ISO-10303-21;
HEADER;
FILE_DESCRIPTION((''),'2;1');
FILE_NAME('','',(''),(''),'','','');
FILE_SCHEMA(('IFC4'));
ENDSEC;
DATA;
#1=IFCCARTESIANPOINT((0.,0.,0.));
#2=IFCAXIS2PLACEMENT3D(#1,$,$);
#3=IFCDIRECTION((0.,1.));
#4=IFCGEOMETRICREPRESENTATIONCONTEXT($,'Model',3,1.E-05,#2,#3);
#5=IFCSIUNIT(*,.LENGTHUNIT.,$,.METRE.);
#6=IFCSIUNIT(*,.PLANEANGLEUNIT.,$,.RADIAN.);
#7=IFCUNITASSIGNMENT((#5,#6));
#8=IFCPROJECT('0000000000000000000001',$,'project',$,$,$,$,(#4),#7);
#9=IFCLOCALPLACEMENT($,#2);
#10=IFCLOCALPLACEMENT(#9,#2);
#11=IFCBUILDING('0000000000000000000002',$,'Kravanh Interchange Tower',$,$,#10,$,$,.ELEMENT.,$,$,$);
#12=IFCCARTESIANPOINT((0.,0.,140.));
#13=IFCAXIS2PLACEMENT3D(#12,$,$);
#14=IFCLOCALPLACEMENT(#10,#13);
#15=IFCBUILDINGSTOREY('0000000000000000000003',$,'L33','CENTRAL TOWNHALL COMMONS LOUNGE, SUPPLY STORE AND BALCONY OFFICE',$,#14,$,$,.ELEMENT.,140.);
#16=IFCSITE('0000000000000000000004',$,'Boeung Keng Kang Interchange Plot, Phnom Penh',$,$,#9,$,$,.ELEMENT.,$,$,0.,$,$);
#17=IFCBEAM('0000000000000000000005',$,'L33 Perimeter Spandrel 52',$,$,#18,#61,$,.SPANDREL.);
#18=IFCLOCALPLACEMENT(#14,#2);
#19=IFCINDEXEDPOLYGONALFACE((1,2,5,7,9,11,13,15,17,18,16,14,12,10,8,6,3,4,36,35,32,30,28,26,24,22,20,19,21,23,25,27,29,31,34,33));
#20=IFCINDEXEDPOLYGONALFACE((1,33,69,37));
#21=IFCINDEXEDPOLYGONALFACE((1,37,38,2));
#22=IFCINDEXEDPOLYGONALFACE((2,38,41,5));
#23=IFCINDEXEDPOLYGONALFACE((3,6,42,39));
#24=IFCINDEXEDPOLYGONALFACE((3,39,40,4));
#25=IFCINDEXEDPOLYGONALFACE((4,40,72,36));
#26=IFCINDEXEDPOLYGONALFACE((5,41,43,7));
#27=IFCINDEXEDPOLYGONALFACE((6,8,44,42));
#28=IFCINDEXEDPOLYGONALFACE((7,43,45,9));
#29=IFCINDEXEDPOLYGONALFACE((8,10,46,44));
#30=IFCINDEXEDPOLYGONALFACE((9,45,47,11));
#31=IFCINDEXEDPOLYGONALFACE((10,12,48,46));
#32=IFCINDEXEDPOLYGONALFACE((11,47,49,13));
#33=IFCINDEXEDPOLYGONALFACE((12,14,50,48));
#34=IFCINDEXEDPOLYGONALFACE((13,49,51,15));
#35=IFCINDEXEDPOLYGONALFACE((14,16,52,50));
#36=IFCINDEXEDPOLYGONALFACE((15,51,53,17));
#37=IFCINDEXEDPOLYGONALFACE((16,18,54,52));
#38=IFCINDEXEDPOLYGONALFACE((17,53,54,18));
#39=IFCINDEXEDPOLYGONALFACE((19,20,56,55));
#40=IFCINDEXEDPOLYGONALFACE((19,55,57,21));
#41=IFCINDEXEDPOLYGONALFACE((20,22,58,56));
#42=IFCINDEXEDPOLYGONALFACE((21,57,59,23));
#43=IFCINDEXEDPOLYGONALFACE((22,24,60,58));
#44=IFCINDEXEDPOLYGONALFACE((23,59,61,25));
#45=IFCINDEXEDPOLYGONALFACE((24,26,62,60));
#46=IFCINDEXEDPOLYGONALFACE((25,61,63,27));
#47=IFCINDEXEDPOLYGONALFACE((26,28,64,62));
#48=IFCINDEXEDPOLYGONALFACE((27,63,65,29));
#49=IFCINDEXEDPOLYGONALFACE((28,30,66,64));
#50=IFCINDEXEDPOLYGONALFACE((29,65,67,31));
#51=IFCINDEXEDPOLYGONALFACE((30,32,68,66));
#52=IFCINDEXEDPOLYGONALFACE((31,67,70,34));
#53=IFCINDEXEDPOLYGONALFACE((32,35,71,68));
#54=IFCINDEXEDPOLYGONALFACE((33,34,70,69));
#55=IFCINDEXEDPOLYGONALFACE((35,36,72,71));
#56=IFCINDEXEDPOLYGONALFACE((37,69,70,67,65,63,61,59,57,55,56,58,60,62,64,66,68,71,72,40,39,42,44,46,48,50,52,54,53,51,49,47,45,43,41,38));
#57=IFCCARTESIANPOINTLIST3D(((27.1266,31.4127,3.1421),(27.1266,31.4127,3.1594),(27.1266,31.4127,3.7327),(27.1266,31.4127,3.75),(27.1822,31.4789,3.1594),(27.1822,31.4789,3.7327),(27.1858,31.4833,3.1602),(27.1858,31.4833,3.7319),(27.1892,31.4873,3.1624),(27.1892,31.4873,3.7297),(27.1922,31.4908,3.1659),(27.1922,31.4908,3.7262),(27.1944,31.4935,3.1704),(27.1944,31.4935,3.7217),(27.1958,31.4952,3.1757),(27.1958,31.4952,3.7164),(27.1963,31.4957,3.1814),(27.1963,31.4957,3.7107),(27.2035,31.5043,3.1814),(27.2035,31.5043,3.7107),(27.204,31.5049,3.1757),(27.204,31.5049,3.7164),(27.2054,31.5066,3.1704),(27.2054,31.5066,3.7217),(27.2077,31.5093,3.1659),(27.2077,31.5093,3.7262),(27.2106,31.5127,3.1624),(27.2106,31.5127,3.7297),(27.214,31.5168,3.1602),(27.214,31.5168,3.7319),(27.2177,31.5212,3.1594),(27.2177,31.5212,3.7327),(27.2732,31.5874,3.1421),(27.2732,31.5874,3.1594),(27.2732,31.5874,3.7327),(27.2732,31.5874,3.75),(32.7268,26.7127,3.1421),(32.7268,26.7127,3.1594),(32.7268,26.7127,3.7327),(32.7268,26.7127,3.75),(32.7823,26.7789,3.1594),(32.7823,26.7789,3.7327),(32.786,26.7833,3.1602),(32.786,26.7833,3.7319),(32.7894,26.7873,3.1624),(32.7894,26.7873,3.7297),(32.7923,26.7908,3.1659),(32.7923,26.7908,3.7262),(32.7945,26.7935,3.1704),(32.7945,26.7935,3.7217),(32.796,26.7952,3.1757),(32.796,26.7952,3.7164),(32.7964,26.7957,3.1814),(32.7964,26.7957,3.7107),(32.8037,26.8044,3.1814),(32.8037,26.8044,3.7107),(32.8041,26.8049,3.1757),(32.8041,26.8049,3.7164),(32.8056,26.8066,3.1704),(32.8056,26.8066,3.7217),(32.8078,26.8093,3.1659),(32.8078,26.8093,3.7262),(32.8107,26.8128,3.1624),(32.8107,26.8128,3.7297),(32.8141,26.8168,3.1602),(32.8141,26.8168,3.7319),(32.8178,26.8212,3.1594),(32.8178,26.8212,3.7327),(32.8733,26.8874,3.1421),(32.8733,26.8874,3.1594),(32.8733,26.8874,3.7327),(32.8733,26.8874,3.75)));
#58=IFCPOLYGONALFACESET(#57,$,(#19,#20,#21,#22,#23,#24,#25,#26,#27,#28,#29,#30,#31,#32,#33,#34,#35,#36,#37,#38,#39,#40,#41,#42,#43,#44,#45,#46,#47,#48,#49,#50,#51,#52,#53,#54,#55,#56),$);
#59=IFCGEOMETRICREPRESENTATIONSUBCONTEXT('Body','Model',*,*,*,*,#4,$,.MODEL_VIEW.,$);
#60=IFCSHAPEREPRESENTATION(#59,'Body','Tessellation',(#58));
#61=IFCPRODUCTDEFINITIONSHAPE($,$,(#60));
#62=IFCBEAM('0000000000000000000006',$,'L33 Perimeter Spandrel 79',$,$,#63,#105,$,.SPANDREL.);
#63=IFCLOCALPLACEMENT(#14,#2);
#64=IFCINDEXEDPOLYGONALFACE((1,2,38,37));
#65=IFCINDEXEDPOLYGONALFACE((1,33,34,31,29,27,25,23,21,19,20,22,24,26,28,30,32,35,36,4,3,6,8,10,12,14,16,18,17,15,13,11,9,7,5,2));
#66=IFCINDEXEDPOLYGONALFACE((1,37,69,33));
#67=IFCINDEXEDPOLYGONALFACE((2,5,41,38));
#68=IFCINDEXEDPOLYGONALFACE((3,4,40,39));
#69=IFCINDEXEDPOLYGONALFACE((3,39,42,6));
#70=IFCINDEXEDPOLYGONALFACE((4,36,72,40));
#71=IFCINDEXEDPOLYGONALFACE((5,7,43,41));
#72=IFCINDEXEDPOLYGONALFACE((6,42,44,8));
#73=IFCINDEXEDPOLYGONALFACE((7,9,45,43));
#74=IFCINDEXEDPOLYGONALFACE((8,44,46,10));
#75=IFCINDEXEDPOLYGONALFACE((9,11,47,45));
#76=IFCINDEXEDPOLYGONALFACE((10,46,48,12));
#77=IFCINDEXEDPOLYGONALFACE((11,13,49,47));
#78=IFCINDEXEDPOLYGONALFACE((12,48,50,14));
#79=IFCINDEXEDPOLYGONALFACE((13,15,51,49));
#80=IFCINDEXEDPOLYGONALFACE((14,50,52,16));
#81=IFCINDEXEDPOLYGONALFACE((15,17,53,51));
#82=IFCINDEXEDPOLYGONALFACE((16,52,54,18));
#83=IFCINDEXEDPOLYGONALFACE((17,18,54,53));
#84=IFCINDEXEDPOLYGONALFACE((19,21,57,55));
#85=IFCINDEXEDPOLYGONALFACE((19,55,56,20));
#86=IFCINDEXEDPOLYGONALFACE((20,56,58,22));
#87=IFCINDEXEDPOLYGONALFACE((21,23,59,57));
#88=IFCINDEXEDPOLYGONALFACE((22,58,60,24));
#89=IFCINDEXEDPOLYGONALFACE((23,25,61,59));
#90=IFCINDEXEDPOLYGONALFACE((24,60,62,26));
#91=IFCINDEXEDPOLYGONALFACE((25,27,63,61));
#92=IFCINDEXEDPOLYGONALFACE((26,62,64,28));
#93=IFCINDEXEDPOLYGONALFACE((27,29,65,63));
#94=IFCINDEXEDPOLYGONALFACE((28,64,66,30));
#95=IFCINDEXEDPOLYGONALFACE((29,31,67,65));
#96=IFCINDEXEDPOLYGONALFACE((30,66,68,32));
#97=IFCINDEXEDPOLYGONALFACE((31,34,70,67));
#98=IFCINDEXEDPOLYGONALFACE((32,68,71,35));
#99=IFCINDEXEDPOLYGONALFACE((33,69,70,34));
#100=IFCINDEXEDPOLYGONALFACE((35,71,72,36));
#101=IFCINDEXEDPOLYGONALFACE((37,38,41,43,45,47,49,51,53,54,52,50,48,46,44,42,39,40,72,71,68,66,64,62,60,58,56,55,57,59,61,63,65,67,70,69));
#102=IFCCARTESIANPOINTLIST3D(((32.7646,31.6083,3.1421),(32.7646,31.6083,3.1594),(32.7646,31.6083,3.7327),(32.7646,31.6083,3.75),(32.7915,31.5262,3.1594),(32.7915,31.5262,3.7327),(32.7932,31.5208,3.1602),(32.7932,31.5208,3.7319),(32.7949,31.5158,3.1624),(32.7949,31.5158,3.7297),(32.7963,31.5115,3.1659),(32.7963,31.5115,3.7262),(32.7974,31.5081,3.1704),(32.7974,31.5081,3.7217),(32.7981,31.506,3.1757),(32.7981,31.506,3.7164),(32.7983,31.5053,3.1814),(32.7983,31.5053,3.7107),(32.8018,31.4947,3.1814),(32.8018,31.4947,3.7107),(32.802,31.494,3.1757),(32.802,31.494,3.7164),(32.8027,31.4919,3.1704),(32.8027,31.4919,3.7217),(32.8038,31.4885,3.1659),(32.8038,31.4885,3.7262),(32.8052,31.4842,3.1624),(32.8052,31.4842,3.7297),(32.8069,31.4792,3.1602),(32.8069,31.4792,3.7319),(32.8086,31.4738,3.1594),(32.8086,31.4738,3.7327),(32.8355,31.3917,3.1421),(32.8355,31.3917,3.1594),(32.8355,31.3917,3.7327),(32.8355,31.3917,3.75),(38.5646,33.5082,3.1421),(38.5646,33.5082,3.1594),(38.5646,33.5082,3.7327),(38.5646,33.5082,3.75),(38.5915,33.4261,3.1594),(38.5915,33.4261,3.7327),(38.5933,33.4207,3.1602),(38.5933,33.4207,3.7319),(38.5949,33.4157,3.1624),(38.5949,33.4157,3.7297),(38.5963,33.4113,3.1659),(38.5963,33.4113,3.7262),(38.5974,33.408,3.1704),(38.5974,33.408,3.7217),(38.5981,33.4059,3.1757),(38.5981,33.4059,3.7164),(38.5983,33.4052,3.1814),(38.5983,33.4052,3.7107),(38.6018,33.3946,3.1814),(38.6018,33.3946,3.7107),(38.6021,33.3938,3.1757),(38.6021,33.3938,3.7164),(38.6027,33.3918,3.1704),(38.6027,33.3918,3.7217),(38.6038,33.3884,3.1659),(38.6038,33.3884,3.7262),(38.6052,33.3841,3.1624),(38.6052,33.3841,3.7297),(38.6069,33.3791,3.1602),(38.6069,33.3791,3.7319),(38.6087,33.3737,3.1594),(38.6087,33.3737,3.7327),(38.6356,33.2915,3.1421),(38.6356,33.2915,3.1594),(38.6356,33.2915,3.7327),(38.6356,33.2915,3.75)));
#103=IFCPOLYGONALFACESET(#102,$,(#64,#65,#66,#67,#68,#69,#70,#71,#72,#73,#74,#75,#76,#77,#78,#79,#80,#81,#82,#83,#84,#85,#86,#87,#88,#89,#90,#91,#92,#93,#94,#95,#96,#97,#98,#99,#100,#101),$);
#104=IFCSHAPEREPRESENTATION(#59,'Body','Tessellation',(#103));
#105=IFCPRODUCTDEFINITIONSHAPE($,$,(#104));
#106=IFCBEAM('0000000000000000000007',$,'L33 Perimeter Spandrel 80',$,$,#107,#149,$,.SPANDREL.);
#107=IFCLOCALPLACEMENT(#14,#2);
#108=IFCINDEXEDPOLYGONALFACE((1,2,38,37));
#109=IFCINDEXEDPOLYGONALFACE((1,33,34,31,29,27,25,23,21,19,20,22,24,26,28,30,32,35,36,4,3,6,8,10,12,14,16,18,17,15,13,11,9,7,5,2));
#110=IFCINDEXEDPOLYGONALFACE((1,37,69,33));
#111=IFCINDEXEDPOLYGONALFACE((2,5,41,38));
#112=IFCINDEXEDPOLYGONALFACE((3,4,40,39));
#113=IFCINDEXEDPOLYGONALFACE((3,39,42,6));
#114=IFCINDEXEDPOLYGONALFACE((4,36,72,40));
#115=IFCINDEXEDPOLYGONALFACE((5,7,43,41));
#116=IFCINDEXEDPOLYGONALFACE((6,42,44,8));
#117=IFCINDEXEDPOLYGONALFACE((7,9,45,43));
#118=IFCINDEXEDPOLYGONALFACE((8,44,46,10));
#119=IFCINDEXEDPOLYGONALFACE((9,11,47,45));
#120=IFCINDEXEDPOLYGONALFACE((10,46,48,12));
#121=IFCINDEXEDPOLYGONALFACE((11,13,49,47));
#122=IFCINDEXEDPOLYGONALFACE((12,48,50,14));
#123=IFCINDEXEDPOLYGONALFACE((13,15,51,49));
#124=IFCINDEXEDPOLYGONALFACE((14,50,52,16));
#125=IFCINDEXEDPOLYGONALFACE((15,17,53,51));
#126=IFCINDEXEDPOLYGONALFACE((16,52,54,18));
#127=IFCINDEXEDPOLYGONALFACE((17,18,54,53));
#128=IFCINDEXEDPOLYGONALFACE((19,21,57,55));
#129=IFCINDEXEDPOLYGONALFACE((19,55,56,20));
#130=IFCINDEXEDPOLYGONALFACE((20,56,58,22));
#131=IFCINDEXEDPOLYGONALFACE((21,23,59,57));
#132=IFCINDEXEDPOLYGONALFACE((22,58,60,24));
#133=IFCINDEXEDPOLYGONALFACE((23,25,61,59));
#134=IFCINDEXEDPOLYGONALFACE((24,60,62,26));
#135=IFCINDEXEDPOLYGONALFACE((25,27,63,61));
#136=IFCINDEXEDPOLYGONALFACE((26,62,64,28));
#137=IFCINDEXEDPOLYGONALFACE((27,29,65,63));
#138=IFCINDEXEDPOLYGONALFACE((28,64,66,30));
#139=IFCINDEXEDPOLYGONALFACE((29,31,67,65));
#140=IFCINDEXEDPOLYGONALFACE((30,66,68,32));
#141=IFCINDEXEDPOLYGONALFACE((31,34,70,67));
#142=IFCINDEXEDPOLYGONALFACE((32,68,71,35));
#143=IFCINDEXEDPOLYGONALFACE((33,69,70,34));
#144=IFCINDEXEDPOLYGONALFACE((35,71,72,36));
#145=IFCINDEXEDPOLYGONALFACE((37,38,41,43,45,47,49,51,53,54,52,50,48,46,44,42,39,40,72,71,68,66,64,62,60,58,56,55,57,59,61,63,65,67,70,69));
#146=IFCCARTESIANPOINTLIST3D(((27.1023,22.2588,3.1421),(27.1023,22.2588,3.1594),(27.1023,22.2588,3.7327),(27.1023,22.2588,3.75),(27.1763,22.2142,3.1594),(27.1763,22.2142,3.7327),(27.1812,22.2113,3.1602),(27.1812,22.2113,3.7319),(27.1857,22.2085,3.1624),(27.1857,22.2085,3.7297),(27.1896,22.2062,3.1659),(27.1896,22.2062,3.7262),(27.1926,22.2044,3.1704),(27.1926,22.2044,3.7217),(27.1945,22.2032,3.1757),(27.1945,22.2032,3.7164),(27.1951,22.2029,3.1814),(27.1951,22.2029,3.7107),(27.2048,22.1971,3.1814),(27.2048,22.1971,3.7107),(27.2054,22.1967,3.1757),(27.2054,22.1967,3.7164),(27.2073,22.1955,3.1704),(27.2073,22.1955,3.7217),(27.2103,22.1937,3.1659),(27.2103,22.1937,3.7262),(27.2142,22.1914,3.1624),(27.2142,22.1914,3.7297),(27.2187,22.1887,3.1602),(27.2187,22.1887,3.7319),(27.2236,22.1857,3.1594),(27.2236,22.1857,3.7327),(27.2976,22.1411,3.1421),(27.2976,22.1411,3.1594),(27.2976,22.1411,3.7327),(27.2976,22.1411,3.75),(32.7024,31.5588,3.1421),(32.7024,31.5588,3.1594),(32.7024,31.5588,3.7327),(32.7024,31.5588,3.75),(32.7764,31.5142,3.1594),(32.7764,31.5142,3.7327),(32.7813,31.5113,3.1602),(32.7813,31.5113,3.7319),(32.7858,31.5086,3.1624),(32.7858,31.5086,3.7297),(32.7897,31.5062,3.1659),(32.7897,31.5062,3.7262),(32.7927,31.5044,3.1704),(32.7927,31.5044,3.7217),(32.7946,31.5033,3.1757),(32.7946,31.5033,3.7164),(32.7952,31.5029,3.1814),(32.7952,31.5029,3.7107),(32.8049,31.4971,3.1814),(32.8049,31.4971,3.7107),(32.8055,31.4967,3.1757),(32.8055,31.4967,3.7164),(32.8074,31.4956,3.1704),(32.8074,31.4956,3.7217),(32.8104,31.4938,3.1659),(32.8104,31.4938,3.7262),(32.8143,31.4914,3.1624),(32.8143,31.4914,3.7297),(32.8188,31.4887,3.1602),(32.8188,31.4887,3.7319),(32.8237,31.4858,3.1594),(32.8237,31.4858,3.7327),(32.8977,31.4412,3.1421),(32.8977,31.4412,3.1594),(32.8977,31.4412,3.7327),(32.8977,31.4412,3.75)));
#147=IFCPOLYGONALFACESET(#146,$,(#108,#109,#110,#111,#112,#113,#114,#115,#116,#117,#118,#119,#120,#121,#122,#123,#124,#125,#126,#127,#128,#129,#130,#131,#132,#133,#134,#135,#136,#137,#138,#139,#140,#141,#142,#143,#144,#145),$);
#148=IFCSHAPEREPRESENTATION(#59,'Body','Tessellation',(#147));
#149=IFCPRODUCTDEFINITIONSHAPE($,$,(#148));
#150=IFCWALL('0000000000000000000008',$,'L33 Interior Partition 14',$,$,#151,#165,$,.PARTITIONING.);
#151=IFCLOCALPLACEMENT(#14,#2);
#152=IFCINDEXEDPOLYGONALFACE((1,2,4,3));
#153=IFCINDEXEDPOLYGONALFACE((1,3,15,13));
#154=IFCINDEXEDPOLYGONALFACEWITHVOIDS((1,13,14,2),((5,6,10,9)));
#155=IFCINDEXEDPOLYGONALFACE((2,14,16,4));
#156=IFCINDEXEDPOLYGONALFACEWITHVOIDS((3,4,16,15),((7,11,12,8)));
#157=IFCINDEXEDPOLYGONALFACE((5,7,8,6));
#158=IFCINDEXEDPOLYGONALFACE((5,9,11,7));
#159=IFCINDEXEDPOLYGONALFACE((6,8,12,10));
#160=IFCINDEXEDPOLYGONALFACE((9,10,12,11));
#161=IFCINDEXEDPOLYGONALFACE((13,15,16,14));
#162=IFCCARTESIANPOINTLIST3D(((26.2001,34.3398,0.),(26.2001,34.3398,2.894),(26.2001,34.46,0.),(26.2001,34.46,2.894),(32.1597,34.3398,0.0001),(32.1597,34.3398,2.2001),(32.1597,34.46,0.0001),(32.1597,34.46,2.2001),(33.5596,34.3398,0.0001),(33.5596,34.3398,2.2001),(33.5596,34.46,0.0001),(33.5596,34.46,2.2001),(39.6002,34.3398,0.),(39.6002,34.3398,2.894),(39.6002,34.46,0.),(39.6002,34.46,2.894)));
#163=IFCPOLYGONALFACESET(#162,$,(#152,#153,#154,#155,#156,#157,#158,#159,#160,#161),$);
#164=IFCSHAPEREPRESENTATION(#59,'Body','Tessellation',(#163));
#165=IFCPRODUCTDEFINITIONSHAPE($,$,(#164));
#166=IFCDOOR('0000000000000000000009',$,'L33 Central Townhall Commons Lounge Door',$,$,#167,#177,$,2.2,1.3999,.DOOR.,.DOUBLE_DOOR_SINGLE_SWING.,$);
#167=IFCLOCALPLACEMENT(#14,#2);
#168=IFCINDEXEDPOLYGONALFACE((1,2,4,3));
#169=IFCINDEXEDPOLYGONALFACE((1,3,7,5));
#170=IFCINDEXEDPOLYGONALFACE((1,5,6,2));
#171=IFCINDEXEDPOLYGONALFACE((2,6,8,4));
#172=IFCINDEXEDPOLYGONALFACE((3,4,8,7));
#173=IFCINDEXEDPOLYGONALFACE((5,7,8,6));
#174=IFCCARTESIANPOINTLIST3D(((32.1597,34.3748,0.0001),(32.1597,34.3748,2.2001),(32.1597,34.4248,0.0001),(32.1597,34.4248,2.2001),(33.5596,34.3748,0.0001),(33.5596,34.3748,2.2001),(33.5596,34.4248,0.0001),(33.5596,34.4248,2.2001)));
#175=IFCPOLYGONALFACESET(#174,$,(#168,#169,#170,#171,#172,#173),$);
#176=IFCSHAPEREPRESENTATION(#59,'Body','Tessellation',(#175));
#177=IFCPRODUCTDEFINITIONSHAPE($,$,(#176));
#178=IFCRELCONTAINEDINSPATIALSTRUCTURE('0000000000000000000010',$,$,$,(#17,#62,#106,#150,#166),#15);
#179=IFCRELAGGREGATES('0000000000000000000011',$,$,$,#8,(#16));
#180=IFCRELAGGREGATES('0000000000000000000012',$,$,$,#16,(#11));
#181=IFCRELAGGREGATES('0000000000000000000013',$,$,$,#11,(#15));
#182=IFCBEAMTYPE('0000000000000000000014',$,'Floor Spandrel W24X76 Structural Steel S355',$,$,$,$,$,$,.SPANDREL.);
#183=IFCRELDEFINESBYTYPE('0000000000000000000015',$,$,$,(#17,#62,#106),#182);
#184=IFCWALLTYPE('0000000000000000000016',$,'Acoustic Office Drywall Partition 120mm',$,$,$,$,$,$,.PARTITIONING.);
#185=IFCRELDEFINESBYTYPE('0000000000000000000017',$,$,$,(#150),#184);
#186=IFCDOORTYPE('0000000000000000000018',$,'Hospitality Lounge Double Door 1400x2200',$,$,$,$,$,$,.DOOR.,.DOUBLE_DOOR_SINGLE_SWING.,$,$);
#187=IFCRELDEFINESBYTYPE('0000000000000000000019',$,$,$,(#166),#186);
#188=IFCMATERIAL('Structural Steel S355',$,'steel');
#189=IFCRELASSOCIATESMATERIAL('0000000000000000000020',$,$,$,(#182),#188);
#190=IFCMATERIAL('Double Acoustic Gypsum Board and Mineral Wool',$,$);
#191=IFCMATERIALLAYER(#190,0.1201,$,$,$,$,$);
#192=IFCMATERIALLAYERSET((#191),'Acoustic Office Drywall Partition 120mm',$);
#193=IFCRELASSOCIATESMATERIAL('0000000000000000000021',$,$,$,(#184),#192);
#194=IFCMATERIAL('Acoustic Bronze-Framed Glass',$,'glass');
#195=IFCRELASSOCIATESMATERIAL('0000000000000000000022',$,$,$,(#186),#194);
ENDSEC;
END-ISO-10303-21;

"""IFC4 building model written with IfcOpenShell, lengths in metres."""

from ifc_helpers import new_model, si_unit, direction, frame, frame_2d, origin, origin_2d, place, context, subcontext, project, spatial, rectangle, i_section, extrude, material, layer, layer_set, material_profile, profile_set, type_object, element, fill, save


model = new_model("IFC4")

# Units and contexts
model_context = context("Model", 3, precision=1e-05, world=origin(), true_north=direction((0.0, 1.0)))
body_context = subcontext(model_context, "Body", "Model", "MODEL_VIEW")
ifc_project = project(units=[si_unit("LENGTHUNIT", "METRE"), si_unit("PLANEANGLEUNIT", "RADIAN")], contexts=[model_context])

# Site, building, storey
site_placement = place(None, origin())
site = spatial("IfcSite", under=ifc_project, at=site_placement, Name="Boeung Keng Kang Interchange Plot, Phnom Penh", CompositionType="ELEMENT", RefElevation=0.0)
building_placement = place(site_placement, origin())
building = spatial("IfcBuilding", under=site, at=building_placement, Name="Kravanh Interchange Tower", CompositionType="ELEMENT")
storey_placement = place(building_placement, frame((0.0, 0.0, 140.0)))
storey = spatial("IfcBuildingStorey", under=building, at=storey_placement, Name="L33", Description="CENTRAL TOWNHALL COMMONS LOUNGE, SUPPLY STORE AND BALCONY OFFICE", CompositionType="ELEMENT", Elevation=140.0)

# Beams
ifc_material_1 = material(Name="Structural Steel S355", Category="steel")
ifc_material_profile_1 = material_profile(ifc_material_1, i_section(OverallWidth=0.228, OverallDepth=0.6079, WebThickness=0.0112, FlangeThickness=0.0173, FilletRadius=0.022, at=origin_2d()), Name="W24X76")
ifc_profile_set_1 = profile_set([ifc_material_profile_1], Name="Structural Steel S355")
beam_type_1 = type_object("IfcBeamType", Name="Floor Spandrel W24X76 Structural Steel S355", PredefinedType="SPANDREL", material=ifc_profile_set_1)
beam_1_placement = place(storey_placement, frame((32.8, 26.8, 3.446), z_axis=(-0.765983, 0.642861, 0.0), x_axis=(-0.642861, -0.765983, 0.0)))
element("IfcBeam", 1, at=beam_1_placement, inside=storey, type_object=beam_type_1, Name="L33 Perimeter Spandrel 52", PredefinedType="SPANDREL", context=body_context, shape_type="SweptSolid", body=[
    extrude(i_section(OverallWidth=0.228, OverallDepth=0.6079, WebThickness=0.0112, FlangeThickness=0.0173, FilletRadius=0.022, at=origin_2d()), origin(), (0.0, 0.0, 1.0), 7.311),
])
beam_2_placement = place(storey_placement, frame((32.8, 31.5, 3.446), z_axis=(0.950315, 0.311291, 0.0), x_axis=(-0.311291, 0.950315, 0.0)))
element("IfcBeam", 2, at=beam_2_placement, inside=storey, type_object=beam_type_1, Name="L33 Perimeter Spandrel 79", PredefinedType="SPANDREL", context=body_context, shape_type="SweptSolid", body=[
    extrude(i_section(OverallWidth=0.228, OverallDepth=0.6079, WebThickness=0.0112, FlangeThickness=0.0173, FilletRadius=0.022, at=origin_2d()), origin(), (0.0, 0.0, 1.0), 6.1033),
])
beam_3_placement = place(storey_placement, frame((32.8, 31.5, 3.446), z_axis=(-0.515854, -0.856676, 0.0), x_axis=(0.856676, -0.515854, 0.0)))
element("IfcBeam", 3, at=beam_3_placement, inside=storey, type_object=beam_type_1, Name="L33 Perimeter Spandrel 80", PredefinedType="SPANDREL", context=body_context, shape_type="SweptSolid", body=[
    extrude(i_section(OverallWidth=0.228, OverallDepth=0.6079, WebThickness=0.0112, FlangeThickness=0.0173, FilletRadius=0.022, at=origin_2d()), origin(), (0.0, 0.0, 1.0), 10.856),
])

# Wall, opening, door
ifc_material_2 = material(Name="Double Acoustic Gypsum Board and Mineral Wool")
ifc_layer = layer(ifc_material_2, 0.1201)
ifc_layer_set = layer_set([ifc_layer], Name="Acoustic Office Drywall Partition 120mm")
wall_type = type_object("IfcWallType", Name="Acoustic Office Drywall Partition 120mm", PredefinedType="PARTITIONING", material=ifc_layer_set)
wall_placement = place(storey_placement, frame((26.2, 34.3999, 0.0), z_axis=(0.0, 0.0, 1.0), x_axis=(1.0, 0.0, 0.0)))
wall = element("IfcWall", 4, at=wall_placement, inside=storey, type_object=wall_type, Name="L33 Interior Partition 14", PredefinedType="PARTITIONING", context=body_context, shape_type="SweptSolid", body=[
    extrude(rectangle(XDim=13.4001, YDim=0.1201, at=frame_2d((6.7002, 0.0))), origin(), (0.0, 0.0, 1.0), 2.894),
])
opening_placement = place(wall_placement, frame((5.9597, 0.0, 0.0)))
opening = element("IfcOpeningElement", 5, at=opening_placement, cuts=wall, PredefinedType="OPENING", context=body_context, shape_type="SweptSolid", body=[
    extrude(rectangle(XDim=1.3999, YDim=2.2, at=frame_2d((0.7, 1.1001))), frame((0.0, 0.0701, 0.0), z_axis=(0.0, -1.0, 0.0), x_axis=(1.0, 0.0, 0.0)), (0.0, 0.0, 1.0), 0.1401),
])
ifc_material_3 = material(Name="Acoustic Bronze-Framed Glass", Category="glass")
door_type = type_object("IfcDoorType", Name="Hospitality Lounge Double Door 1400x2200", OperationType="DOUBLE_DOOR_SINGLE_SWING", PredefinedType="DOOR", material=ifc_material_3)
door_placement = place(opening_placement, origin())
door = element("IfcDoor", 6, at=door_placement, inside=storey, type_object=door_type, Name="L33 Central Townhall Commons Lounge Door", OperationType="DOUBLE_DOOR_SINGLE_SWING", OverallHeight=2.2, OverallWidth=1.3999, PredefinedType="DOOR", context=body_context, shape_type="SweptSolid", body=[
    extrude(rectangle(XDim=1.3999, YDim=2.2, at=frame_2d((0.7, 1.1001))), frame((0.0, 0.0249, 0.0), z_axis=(0.0, -1.0, 0.0), x_axis=(1.0, 0.0, 0.0)), (0.0, 0.0, 1.0), 0.05),
])
fill(opening, door)

save(model, "model.ifc")
